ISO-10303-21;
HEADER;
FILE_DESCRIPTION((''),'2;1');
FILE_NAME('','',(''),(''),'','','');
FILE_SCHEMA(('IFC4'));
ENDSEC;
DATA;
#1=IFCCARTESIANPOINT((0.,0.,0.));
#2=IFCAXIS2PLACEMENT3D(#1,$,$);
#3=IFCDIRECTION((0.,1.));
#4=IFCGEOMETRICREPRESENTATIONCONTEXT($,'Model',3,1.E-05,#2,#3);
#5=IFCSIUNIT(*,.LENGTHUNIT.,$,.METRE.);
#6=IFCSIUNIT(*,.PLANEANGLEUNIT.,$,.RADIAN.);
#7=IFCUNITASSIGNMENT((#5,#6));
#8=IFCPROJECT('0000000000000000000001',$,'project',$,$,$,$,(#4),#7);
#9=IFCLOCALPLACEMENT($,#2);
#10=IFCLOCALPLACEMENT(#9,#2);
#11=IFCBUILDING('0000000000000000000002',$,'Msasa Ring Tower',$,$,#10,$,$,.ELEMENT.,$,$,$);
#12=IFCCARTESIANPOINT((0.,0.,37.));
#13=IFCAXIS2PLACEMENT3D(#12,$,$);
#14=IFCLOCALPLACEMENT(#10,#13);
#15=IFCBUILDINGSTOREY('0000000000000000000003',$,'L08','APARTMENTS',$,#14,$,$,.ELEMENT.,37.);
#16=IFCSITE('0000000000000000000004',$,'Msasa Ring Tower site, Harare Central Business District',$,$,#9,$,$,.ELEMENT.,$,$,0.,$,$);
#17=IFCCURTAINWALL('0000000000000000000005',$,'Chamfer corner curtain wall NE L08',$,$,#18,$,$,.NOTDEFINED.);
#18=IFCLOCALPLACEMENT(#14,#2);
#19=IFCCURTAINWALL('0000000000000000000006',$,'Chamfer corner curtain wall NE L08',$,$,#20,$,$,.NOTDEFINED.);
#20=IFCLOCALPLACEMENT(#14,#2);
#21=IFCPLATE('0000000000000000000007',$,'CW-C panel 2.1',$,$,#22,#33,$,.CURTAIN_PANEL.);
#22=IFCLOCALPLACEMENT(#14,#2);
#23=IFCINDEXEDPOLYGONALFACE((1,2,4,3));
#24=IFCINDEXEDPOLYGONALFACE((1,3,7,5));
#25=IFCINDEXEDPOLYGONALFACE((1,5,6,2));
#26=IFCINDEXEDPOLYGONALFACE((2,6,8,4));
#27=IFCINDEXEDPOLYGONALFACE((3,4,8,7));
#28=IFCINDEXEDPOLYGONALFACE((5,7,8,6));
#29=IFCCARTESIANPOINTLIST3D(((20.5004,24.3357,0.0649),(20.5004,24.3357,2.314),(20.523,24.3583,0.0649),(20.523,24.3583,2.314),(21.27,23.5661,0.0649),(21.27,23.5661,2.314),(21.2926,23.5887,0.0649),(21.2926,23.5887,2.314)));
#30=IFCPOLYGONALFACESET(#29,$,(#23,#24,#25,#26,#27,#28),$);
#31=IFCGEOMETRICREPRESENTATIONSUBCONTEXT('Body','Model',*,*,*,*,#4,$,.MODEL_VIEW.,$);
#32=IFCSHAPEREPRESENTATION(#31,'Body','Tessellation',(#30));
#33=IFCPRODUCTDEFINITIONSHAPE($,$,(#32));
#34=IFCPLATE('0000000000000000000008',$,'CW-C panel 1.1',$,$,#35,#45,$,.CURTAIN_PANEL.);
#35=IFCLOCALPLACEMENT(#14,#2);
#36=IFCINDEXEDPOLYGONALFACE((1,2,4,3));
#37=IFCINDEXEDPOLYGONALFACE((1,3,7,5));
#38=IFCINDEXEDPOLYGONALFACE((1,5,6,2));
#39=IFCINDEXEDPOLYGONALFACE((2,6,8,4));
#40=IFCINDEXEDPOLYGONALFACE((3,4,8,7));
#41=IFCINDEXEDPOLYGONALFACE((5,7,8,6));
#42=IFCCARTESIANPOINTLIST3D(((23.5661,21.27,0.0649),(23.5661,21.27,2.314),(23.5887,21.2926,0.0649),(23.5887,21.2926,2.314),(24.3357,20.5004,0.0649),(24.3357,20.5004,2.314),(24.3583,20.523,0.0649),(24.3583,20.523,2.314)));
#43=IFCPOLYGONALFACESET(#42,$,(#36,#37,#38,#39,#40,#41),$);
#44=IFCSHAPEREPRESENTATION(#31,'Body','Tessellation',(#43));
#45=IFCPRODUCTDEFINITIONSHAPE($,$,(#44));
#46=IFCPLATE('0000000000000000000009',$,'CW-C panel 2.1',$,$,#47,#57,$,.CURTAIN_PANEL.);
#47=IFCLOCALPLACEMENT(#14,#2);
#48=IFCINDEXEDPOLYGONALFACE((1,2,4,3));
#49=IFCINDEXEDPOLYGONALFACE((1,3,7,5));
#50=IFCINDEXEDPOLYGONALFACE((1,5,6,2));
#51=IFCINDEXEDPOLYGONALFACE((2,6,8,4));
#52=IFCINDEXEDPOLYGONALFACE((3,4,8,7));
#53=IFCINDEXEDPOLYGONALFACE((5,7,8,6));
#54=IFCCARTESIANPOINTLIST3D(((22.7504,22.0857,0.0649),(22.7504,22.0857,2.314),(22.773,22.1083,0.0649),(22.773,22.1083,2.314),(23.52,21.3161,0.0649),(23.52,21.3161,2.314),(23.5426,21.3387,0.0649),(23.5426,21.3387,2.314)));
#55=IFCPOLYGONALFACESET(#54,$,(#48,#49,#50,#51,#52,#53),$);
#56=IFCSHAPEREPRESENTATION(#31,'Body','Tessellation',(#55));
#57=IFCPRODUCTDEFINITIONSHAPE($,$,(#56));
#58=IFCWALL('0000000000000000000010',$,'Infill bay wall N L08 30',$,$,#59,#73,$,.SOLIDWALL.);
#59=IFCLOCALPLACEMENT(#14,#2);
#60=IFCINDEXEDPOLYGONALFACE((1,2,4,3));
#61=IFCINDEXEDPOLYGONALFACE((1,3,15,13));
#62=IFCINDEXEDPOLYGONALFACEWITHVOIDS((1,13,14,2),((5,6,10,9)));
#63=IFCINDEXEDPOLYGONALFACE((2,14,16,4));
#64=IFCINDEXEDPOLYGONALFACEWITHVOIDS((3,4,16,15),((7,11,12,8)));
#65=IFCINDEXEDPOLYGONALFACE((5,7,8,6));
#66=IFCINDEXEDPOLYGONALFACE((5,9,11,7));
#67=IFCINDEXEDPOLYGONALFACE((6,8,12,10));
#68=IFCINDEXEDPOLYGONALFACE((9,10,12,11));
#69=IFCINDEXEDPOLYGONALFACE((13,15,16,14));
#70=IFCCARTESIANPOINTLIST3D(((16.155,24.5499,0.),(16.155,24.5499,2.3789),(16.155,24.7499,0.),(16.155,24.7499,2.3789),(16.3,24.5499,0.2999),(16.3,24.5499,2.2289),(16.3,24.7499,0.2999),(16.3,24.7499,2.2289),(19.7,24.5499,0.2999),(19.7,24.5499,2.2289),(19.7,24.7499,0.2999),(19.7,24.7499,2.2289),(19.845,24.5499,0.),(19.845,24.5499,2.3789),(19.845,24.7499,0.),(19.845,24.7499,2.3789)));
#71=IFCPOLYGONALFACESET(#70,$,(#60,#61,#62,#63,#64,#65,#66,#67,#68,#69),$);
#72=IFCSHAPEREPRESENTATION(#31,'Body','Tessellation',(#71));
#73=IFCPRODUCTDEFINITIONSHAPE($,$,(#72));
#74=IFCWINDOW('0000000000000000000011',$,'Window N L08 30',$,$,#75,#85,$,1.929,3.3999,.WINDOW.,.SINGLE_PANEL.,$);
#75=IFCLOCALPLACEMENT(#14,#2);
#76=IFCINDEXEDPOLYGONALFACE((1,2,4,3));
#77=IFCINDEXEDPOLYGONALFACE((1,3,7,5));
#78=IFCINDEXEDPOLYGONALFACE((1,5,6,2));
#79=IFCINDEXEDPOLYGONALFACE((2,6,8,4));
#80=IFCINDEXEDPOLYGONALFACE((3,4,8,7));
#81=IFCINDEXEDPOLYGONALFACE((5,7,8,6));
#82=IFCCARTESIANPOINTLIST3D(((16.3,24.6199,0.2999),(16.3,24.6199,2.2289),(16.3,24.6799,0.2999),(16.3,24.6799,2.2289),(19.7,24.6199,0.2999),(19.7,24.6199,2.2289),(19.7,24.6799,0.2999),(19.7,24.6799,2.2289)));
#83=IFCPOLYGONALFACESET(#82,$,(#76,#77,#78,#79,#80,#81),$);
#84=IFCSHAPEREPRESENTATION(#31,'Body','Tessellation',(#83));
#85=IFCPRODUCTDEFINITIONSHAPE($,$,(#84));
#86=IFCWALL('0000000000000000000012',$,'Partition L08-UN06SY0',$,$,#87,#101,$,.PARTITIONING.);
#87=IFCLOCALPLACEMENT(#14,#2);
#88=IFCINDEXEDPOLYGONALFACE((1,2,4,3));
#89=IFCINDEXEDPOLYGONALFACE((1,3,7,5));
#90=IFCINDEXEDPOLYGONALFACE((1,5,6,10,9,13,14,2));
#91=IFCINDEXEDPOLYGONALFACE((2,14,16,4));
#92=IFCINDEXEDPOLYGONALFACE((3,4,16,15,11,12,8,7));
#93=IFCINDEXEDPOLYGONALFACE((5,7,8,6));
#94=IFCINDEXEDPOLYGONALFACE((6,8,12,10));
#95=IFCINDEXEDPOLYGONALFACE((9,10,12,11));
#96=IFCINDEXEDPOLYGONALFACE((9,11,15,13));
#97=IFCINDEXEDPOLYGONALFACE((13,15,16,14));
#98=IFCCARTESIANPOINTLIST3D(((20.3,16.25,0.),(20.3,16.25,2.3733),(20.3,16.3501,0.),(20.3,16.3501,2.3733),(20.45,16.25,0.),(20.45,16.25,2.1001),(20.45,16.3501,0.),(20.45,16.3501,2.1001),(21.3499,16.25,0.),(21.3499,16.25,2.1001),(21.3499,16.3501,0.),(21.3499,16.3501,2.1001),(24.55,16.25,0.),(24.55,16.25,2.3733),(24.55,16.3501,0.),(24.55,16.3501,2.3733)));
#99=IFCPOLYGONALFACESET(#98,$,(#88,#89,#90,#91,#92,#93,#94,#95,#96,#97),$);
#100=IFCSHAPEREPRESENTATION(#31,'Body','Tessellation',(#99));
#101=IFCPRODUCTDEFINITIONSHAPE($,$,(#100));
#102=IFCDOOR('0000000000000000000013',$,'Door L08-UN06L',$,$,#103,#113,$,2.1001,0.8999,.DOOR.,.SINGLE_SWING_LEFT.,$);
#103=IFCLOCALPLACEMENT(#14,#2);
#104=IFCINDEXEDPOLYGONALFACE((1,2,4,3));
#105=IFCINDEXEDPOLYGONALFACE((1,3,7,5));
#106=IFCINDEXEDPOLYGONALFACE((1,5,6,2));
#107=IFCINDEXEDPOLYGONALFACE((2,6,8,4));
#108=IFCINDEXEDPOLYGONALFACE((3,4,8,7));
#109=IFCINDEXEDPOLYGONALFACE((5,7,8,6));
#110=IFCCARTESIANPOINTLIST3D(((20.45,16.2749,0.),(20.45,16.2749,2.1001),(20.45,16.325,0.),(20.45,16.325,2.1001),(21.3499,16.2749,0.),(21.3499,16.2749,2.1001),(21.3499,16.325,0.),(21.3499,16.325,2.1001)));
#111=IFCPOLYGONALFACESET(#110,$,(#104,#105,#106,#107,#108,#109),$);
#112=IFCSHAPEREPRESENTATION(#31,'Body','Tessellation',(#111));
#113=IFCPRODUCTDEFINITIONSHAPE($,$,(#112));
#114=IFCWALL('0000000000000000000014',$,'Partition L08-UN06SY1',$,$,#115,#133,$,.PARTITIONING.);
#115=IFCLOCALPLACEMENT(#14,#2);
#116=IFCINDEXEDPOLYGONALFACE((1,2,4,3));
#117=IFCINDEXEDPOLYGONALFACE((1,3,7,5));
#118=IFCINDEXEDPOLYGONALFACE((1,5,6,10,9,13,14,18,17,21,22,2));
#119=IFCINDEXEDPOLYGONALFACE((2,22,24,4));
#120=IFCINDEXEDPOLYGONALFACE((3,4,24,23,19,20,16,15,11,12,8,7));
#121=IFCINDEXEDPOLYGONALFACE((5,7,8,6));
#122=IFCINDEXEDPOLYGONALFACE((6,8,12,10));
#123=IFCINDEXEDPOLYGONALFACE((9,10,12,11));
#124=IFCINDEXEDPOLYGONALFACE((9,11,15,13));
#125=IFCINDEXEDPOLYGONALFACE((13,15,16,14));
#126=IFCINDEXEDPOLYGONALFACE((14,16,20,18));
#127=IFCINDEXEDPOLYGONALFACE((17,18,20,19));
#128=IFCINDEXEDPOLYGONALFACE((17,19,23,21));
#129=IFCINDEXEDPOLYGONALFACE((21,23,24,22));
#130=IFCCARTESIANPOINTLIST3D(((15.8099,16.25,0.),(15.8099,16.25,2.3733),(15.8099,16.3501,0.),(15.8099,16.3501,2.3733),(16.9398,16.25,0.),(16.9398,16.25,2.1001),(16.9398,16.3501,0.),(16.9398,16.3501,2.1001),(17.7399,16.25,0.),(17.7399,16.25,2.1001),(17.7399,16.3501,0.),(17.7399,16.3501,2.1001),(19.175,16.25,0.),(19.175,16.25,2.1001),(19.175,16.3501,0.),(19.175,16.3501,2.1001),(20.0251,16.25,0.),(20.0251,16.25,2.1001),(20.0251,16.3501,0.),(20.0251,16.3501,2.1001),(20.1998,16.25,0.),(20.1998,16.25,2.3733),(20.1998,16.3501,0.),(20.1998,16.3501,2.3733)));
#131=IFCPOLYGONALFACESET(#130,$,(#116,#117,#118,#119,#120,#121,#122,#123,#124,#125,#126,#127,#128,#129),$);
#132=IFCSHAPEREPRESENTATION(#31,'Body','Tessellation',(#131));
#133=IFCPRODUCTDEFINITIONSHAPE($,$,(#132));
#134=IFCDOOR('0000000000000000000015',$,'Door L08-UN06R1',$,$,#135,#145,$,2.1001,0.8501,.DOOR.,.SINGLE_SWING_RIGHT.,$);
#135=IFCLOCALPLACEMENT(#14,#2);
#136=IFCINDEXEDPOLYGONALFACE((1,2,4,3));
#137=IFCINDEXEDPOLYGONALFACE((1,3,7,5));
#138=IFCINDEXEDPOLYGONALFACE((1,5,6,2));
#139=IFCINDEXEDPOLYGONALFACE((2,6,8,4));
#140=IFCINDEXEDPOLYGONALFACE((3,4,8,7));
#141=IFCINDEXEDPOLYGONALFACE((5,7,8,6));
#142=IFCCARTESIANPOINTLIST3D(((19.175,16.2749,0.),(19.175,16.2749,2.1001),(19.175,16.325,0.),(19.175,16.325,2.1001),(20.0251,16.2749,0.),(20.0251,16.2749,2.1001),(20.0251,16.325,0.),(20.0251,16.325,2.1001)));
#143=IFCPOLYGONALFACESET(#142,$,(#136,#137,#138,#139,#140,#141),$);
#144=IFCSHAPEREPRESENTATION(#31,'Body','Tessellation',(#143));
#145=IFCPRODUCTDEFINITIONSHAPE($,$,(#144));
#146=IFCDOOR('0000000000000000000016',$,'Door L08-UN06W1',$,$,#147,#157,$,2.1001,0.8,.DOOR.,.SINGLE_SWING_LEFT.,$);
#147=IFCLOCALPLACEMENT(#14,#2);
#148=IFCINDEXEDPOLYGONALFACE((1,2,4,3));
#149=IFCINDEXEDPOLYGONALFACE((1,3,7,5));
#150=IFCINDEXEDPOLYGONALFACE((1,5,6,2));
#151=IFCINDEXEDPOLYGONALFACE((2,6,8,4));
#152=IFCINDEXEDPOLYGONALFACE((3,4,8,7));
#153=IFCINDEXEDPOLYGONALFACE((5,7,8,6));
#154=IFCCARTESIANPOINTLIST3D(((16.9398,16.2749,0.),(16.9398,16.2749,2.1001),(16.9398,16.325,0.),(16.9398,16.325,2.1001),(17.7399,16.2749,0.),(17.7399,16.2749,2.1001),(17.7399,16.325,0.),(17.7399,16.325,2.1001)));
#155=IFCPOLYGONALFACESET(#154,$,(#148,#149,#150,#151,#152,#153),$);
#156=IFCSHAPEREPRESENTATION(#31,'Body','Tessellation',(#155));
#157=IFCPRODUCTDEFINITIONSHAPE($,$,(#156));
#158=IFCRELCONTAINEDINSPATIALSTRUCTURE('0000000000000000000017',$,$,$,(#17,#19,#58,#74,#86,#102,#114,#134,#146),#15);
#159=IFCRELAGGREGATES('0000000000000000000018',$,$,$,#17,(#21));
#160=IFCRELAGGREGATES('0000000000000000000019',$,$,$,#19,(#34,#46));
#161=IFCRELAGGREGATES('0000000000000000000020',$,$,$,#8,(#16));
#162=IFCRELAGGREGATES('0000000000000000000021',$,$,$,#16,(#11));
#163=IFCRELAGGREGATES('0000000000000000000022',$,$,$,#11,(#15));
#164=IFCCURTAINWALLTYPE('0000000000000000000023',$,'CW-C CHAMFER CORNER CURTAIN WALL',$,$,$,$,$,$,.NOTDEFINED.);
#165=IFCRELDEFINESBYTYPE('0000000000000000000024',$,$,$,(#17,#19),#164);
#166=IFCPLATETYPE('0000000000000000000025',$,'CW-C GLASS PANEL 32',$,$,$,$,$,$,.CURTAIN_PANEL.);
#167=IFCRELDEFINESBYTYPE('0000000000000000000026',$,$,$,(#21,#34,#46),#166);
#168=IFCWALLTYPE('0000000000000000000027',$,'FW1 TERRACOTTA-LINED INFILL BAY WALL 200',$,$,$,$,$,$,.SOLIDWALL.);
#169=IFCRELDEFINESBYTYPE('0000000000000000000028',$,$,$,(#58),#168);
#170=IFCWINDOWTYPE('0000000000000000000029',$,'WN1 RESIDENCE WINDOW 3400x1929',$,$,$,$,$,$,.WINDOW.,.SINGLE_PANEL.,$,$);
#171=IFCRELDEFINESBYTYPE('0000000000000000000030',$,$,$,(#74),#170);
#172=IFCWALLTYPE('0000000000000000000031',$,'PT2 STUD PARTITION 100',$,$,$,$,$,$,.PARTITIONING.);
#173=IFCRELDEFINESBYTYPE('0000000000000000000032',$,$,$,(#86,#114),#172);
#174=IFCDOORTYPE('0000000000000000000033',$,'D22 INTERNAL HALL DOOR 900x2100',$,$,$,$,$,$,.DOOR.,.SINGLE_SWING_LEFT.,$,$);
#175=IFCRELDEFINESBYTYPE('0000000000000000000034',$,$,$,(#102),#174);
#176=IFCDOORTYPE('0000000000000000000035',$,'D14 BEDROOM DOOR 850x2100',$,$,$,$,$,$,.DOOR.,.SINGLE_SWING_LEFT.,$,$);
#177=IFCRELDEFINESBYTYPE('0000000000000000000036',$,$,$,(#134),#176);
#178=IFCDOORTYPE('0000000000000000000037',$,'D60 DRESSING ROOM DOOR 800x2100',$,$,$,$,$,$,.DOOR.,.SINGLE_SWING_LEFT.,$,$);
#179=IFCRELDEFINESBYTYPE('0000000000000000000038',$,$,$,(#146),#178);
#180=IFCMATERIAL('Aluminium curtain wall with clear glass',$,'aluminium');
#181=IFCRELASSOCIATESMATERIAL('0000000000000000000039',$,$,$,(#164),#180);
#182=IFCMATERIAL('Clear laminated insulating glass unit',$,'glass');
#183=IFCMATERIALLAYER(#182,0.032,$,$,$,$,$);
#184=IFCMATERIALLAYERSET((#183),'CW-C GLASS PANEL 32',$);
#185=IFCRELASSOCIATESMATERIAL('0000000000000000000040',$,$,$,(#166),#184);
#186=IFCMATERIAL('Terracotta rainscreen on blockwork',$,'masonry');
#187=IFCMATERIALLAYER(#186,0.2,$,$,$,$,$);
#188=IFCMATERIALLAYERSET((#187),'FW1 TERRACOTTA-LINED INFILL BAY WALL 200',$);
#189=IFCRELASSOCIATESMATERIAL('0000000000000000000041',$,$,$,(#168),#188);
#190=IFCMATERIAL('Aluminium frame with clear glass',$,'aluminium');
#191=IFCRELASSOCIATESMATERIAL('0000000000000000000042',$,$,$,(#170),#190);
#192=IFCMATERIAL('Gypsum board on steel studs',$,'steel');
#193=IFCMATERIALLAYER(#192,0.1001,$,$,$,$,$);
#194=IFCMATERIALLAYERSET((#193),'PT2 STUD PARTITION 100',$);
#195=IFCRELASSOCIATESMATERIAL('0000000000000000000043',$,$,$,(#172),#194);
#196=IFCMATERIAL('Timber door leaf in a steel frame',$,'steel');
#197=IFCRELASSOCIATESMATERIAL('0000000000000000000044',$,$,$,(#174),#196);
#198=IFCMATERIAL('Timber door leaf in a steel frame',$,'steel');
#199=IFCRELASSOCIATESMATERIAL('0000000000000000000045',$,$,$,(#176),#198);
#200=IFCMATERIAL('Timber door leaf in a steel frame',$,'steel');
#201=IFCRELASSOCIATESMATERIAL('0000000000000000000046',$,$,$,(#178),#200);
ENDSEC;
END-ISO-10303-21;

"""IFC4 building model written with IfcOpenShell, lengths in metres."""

from ifc_helpers import new_model, si_unit, direction, frame, frame_2d, origin, origin_2d, place, context, subcontext, project, spatial, rectangle, extrude, material, layer, layer_set, type_object, element, fill, aggregate, save


model = new_model("IFC4")

# Units and contexts
model_context = context("Model", 3, precision=1e-05, world=origin(), true_north=direction((0.0, 1.0)))
body_context = subcontext(model_context, "Body", "Model", "MODEL_VIEW")
ifc_project = project(units=[si_unit("LENGTHUNIT", "METRE"), si_unit("PLANEANGLEUNIT", "RADIAN")], contexts=[model_context])

# Site, building, storey
site_placement = place(None, origin())
site = spatial("IfcSite", under=ifc_project, at=site_placement, Name="Msasa Ring Tower site, Harare Central Business District", CompositionType="ELEMENT", RefElevation=0.0)
building_placement = place(site_placement, origin())
building = spatial("IfcBuilding", under=site, at=building_placement, Name="Msasa Ring Tower", CompositionType="ELEMENT")
storey_placement = place(building_placement, frame((0.0, 0.0, 37.0)))
storey = spatial("IfcBuildingStorey", under=building, at=storey_placement, Name="L08", Description="APARTMENTS", CompositionType="ELEMENT", Elevation=37.0)

# Curtain walls
ifc_material_1 = material(Name="Aluminium curtain wall with clear glass", Category="aluminium")
curtain_wall_type = type_object("IfcCurtainWallType", Name="CW-C CHAMFER CORNER CURTAIN WALL", PredefinedType="NOTDEFINED", material=ifc_material_1)
curtain_wall_1_placement = place(storey_placement, origin())
curtain_wall_1 = element("IfcCurtainWall", 1, at=curtain_wall_1_placement, inside=storey, type_object=curtain_wall_type, Name="Chamfer corner curtain wall NE L08", PredefinedType="NOTDEFINED")
curtain_wall_2_placement = place(storey_placement, origin())
curtain_wall_2 = element("IfcCurtainWall", 2, at=curtain_wall_2_placement, inside=storey, type_object=curtain_wall_type, Name="Chamfer corner curtain wall NE L08", PredefinedType="NOTDEFINED")

# Plates
ifc_material_2 = material(Name="Clear laminated insulating glass unit", Category="glass")
ifc_layer_1 = layer(ifc_material_2, 0.032)
ifc_layer_set_1 = layer_set([ifc_layer_1], Name="CW-C GLASS PANEL 32")
plate_type = type_object("IfcPlateType", Name="CW-C GLASS PANEL 32", PredefinedType="CURTAIN_PANEL", material=ifc_layer_set_1)
plate_1_placement = place(storey_placement, frame((20.8965, 23.9622, 0.0649), z_axis=(0.0, 0.0, 1.0), x_axis=(-0.707107, 0.707107, 0.0)))
plate_1 = element("IfcPlate", 3, at=plate_1_placement, type_object=plate_type, Name="CW-C panel 2.1", PredefinedType="CURTAIN_PANEL", context=body_context, shape_type="SweptSolid", body=[
    extrude(rectangle(XDim=1.0884, YDim=0.032, at=origin_2d()), origin(), (0.0, 0.0, 1.0), 2.249),
])
aggregate(curtain_wall_1, [plate_1])
plate_2_placement = place(storey_placement, frame((23.9622, 20.8965, 0.0649), z_axis=(0.0, 0.0, 1.0), x_axis=(-0.707107, 0.707107, 0.0)))
plate_2 = element("IfcPlate", 4, at=plate_2_placement, type_object=plate_type, Name="CW-C panel 1.1", PredefinedType="CURTAIN_PANEL", context=body_context, shape_type="SweptSolid", body=[
    extrude(rectangle(XDim=1.0884, YDim=0.032, at=origin_2d()), origin(), (0.0, 0.0, 1.0), 2.249),
])
plate_3_placement = place(storey_placement, frame((23.1465, 21.7122, 0.0649), z_axis=(0.0, 0.0, 1.0), x_axis=(-0.707107, 0.707107, 0.0)))
plate_3 = element("IfcPlate", 5, at=plate_3_placement, type_object=plate_type, Name="CW-C panel 2.1", PredefinedType="CURTAIN_PANEL", context=body_context, shape_type="SweptSolid", body=[
    extrude(rectangle(XDim=1.0884, YDim=0.032, at=origin_2d()), origin(), (0.0, 0.0, 1.0), 2.249),
])
aggregate(curtain_wall_2, [plate_2, plate_3])

# Wall, opening, window
ifc_material_3 = material(Name="Terracotta rainscreen on blockwork", Category="masonry")
ifc_layer_2 = layer(ifc_material_3, 0.2)
ifc_layer_set_2 = layer_set([ifc_layer_2], Name="FW1 TERRACOTTA-LINED INFILL BAY WALL 200")
wall_type_1 = type_object("IfcWallType", Name="FW1 TERRACOTTA-LINED INFILL BAY WALL 200", PredefinedType="SOLIDWALL", material=ifc_layer_set_2)
wall_1_placement = place(storey_placement, frame((16.155, 24.6499, 0.0), z_axis=(0.0, 0.0, 1.0), x_axis=(1.0, 0.0, 0.0)))
wall_1 = element("IfcWall", 6, at=wall_1_placement, inside=storey, type_object=wall_type_1, Name="Infill bay wall N L08 30", PredefinedType="SOLIDWALL", context=body_context, shape_type="SweptSolid", body=[
    extrude(rectangle(XDim=3.6899, YDim=0.2, at=frame_2d((1.845, 0.0))), origin(), (0.0, 0.0, 1.0), 2.3789),
])
opening_1_placement = place(wall_1_placement, frame((0.145, 0.0, 0.3)))
opening_1 = element("IfcOpeningElement", 7, at=opening_1_placement, cuts=wall_1, PredefinedType="OPENING", context=body_context, shape_type="SweptSolid", body=[
    extrude(rectangle(XDim=3.3999, YDim=1.929, at=frame_2d((1.7, 0.9644))), frame((0.0, 0.1099, 0.0), z_axis=(0.0, -1.0, 0.0), x_axis=(1.0, 0.0, 0.0)), (0.0, 0.0, 1.0), 0.22),
])
ifc_material_4 = material(Name="Aluminium frame with clear glass", Category="aluminium")
window_type = type_object("IfcWindowType", Name="WN1 RESIDENCE WINDOW 3400x1929", PartitioningType="SINGLE_PANEL", PredefinedType="WINDOW", material=ifc_material_4)
window_placement = place(opening_1_placement, origin())
window = element("IfcWindow", 8, at=window_placement, inside=storey, type_object=window_type, Name="Window N L08 30", OverallHeight=1.929, OverallWidth=3.3999, PartitioningType="SINGLE_PANEL", PredefinedType="WINDOW", context=body_context, shape_type="SweptSolid", body=[
    extrude(rectangle(XDim=3.3999, YDim=1.929, at=frame_2d((1.7, 0.9644))), frame((0.0, 0.03, 0.0), z_axis=(0.0, -1.0, 0.0), x_axis=(1.0, 0.0, 0.0)), (0.0, 0.0, 1.0), 0.0601),
])
fill(opening_1, window)

# Wall, opening, door
ifc_material_5 = material(Name="Gypsum board on steel studs", Category="steel")
ifc_layer_3 = layer(ifc_material_5, 0.1001)
ifc_layer_set_3 = layer_set([ifc_layer_3], Name="PT2 STUD PARTITION 100")
wall_type_2 = type_object("IfcWallType", Name="PT2 STUD PARTITION 100", PredefinedType="PARTITIONING", material=ifc_layer_set_3)
wall_2_placement = place(storey_placement, frame((20.3, 16.3, 0.0), z_axis=(0.0, 0.0, 1.0), x_axis=(1.0, 0.0, 0.0)))
wall_2 = element("IfcWall", 9, at=wall_2_placement, inside=storey, type_object=wall_type_2, Name="Partition L08-UN06SY0", PredefinedType="PARTITIONING", context=body_context, shape_type="SweptSolid", body=[
    extrude(rectangle(XDim=4.25, YDim=0.1001, at=frame_2d((2.125, 0.0))), origin(), (0.0, 0.0, 1.0), 2.3733),
])
opening_2_placement = place(wall_2_placement, frame((0.1499, 0.0, 0.0)))
opening_2 = element("IfcOpeningElement", 10, at=opening_2_placement, cuts=wall_2, PredefinedType="OPENING", context=body_context, shape_type="SweptSolid", body=[
    extrude(rectangle(XDim=0.8999, YDim=2.1001, at=frame_2d((0.45, 1.05))), frame((0.0, 0.0601, 0.0), z_axis=(0.0, -1.0, 0.0), x_axis=(1.0, 0.0, 0.0)), (0.0, 0.0, 1.0), 0.1201),
])
ifc_material_6 = material(Name="Timber door leaf in a steel frame", Category="steel")
door_type_1 = type_object("IfcDoorType", Name="D22 INTERNAL HALL DOOR 900x2100", OperationType="SINGLE_SWING_LEFT", PredefinedType="DOOR", material=ifc_material_6)
door_1_placement = place(opening_2_placement, origin())
door_1 = element("IfcDoor", 11, at=door_1_placement, inside=storey, type_object=door_type_1, Name="Door L08-UN06L", OperationType="SINGLE_SWING_LEFT", OverallHeight=2.1001, OverallWidth=0.8999, PredefinedType="DOOR", context=body_context, shape_type="SweptSolid", body=[
    extrude(rectangle(XDim=0.8999, YDim=2.1001, at=frame_2d((0.45, 1.05))), frame((0.0, 0.0249, 0.0), z_axis=(0.0, -1.0, 0.0), x_axis=(1.0, 0.0, 0.0)), (0.0, 0.0, 1.0), 0.05),
])
fill(opening_2, door_1)

# Wall, openings, doors
wall_3_placement = place(storey_placement, frame((15.8101, 16.3, 0.0), z_axis=(0.0, 0.0, 1.0), x_axis=(1.0, 0.0, 0.0)))
wall_3 = element("IfcWall", 12, at=wall_3_placement, inside=storey, type_object=wall_type_2, Name="Partition L08-UN06SY1", PredefinedType="PARTITIONING", context=body_context, shape_type="SweptSolid", body=[
    extrude(rectangle(XDim=4.3899, YDim=0.1001, at=frame_2d((2.1948, 0.0))), origin(), (0.0, 0.0, 1.0), 2.3733),
])
opening_3_placement = place(wall_3_placement, frame((3.365, 0.0, 0.0)))
opening_3 = element("IfcOpeningElement", 13, at=opening_3_placement, cuts=wall_3, PredefinedType="OPENING", context=body_context, shape_type="SweptSolid", body=[
    extrude(rectangle(XDim=0.8501, YDim=2.1001, at=frame_2d((0.425, 1.05))), frame((0.0, 0.0601, 0.0), z_axis=(0.0, -1.0, 0.0), x_axis=(1.0, 0.0, 0.0)), (0.0, 0.0, 1.0), 0.1201),
])
opening_4_placement = place(wall_3_placement, frame((1.1299, 0.0, 0.0)))
opening_4 = element("IfcOpeningElement", 14, at=opening_4_placement, cuts=wall_3, PredefinedType="OPENING", context=body_context, shape_type="SweptSolid", body=[
    extrude(rectangle(XDim=0.8, YDim=2.1001, at=frame_2d((0.3999, 1.05))), frame((0.0, 0.0601, 0.0), z_axis=(0.0, -1.0, 0.0), x_axis=(1.0, 0.0, 0.0)), (0.0, 0.0, 1.0), 0.1201),
])
ifc_material_7 = material(Name="Timber door leaf in a steel frame", Category="steel")
door_type_2 = type_object("IfcDoorType", Name="D14 BEDROOM DOOR 850x2100", OperationType="SINGLE_SWING_LEFT", PredefinedType="DOOR", material=ifc_material_7)
door_2_placement = place(opening_3_placement, origin())
door_2 = element("IfcDoor", 15, at=door_2_placement, inside=storey, type_object=door_type_2, Name="Door L08-UN06R1", OperationType="SINGLE_SWING_RIGHT", OverallHeight=2.1001, OverallWidth=0.8501, PredefinedType="DOOR", context=body_context, shape_type="SweptSolid", body=[
    extrude(rectangle(XDim=0.8501, YDim=2.1001, at=frame_2d((0.425, 1.05))), frame((0.0, 0.0249, 0.0), z_axis=(0.0, -1.0, 0.0), x_axis=(1.0, 0.0, 0.0)), (0.0, 0.0, 1.0), 0.05),
])
fill(opening_3, door_2)
ifc_material_8 = material(Name="Timber door leaf in a steel frame", Category="steel")
door_type_3 = type_object("IfcDoorType", Name="D60 DRESSING ROOM DOOR 800x2100", OperationType="SINGLE_SWING_LEFT", PredefinedType="DOOR", material=ifc_material_8)
door_3_placement = place(opening_4_placement, origin())
door_3 = element("IfcDoor", 16, at=door_3_placement, inside=storey, type_object=door_type_3, Name="Door L08-UN06W1", OperationType="SINGLE_SWING_LEFT", OverallHeight=2.1001, OverallWidth=0.8, PredefinedType="DOOR", context=body_context, shape_type="SweptSolid", body=[
    extrude(rectangle(XDim=0.8, YDim=2.1001, at=frame_2d((0.3999, 1.05))), frame((0.0, 0.0249, 0.0), z_axis=(0.0, -1.0, 0.0), x_axis=(1.0, 0.0, 0.0)), (0.0, 0.0, 1.0), 0.05),
])
fill(opening_4, door_3)

save(model, "model.ifc")
